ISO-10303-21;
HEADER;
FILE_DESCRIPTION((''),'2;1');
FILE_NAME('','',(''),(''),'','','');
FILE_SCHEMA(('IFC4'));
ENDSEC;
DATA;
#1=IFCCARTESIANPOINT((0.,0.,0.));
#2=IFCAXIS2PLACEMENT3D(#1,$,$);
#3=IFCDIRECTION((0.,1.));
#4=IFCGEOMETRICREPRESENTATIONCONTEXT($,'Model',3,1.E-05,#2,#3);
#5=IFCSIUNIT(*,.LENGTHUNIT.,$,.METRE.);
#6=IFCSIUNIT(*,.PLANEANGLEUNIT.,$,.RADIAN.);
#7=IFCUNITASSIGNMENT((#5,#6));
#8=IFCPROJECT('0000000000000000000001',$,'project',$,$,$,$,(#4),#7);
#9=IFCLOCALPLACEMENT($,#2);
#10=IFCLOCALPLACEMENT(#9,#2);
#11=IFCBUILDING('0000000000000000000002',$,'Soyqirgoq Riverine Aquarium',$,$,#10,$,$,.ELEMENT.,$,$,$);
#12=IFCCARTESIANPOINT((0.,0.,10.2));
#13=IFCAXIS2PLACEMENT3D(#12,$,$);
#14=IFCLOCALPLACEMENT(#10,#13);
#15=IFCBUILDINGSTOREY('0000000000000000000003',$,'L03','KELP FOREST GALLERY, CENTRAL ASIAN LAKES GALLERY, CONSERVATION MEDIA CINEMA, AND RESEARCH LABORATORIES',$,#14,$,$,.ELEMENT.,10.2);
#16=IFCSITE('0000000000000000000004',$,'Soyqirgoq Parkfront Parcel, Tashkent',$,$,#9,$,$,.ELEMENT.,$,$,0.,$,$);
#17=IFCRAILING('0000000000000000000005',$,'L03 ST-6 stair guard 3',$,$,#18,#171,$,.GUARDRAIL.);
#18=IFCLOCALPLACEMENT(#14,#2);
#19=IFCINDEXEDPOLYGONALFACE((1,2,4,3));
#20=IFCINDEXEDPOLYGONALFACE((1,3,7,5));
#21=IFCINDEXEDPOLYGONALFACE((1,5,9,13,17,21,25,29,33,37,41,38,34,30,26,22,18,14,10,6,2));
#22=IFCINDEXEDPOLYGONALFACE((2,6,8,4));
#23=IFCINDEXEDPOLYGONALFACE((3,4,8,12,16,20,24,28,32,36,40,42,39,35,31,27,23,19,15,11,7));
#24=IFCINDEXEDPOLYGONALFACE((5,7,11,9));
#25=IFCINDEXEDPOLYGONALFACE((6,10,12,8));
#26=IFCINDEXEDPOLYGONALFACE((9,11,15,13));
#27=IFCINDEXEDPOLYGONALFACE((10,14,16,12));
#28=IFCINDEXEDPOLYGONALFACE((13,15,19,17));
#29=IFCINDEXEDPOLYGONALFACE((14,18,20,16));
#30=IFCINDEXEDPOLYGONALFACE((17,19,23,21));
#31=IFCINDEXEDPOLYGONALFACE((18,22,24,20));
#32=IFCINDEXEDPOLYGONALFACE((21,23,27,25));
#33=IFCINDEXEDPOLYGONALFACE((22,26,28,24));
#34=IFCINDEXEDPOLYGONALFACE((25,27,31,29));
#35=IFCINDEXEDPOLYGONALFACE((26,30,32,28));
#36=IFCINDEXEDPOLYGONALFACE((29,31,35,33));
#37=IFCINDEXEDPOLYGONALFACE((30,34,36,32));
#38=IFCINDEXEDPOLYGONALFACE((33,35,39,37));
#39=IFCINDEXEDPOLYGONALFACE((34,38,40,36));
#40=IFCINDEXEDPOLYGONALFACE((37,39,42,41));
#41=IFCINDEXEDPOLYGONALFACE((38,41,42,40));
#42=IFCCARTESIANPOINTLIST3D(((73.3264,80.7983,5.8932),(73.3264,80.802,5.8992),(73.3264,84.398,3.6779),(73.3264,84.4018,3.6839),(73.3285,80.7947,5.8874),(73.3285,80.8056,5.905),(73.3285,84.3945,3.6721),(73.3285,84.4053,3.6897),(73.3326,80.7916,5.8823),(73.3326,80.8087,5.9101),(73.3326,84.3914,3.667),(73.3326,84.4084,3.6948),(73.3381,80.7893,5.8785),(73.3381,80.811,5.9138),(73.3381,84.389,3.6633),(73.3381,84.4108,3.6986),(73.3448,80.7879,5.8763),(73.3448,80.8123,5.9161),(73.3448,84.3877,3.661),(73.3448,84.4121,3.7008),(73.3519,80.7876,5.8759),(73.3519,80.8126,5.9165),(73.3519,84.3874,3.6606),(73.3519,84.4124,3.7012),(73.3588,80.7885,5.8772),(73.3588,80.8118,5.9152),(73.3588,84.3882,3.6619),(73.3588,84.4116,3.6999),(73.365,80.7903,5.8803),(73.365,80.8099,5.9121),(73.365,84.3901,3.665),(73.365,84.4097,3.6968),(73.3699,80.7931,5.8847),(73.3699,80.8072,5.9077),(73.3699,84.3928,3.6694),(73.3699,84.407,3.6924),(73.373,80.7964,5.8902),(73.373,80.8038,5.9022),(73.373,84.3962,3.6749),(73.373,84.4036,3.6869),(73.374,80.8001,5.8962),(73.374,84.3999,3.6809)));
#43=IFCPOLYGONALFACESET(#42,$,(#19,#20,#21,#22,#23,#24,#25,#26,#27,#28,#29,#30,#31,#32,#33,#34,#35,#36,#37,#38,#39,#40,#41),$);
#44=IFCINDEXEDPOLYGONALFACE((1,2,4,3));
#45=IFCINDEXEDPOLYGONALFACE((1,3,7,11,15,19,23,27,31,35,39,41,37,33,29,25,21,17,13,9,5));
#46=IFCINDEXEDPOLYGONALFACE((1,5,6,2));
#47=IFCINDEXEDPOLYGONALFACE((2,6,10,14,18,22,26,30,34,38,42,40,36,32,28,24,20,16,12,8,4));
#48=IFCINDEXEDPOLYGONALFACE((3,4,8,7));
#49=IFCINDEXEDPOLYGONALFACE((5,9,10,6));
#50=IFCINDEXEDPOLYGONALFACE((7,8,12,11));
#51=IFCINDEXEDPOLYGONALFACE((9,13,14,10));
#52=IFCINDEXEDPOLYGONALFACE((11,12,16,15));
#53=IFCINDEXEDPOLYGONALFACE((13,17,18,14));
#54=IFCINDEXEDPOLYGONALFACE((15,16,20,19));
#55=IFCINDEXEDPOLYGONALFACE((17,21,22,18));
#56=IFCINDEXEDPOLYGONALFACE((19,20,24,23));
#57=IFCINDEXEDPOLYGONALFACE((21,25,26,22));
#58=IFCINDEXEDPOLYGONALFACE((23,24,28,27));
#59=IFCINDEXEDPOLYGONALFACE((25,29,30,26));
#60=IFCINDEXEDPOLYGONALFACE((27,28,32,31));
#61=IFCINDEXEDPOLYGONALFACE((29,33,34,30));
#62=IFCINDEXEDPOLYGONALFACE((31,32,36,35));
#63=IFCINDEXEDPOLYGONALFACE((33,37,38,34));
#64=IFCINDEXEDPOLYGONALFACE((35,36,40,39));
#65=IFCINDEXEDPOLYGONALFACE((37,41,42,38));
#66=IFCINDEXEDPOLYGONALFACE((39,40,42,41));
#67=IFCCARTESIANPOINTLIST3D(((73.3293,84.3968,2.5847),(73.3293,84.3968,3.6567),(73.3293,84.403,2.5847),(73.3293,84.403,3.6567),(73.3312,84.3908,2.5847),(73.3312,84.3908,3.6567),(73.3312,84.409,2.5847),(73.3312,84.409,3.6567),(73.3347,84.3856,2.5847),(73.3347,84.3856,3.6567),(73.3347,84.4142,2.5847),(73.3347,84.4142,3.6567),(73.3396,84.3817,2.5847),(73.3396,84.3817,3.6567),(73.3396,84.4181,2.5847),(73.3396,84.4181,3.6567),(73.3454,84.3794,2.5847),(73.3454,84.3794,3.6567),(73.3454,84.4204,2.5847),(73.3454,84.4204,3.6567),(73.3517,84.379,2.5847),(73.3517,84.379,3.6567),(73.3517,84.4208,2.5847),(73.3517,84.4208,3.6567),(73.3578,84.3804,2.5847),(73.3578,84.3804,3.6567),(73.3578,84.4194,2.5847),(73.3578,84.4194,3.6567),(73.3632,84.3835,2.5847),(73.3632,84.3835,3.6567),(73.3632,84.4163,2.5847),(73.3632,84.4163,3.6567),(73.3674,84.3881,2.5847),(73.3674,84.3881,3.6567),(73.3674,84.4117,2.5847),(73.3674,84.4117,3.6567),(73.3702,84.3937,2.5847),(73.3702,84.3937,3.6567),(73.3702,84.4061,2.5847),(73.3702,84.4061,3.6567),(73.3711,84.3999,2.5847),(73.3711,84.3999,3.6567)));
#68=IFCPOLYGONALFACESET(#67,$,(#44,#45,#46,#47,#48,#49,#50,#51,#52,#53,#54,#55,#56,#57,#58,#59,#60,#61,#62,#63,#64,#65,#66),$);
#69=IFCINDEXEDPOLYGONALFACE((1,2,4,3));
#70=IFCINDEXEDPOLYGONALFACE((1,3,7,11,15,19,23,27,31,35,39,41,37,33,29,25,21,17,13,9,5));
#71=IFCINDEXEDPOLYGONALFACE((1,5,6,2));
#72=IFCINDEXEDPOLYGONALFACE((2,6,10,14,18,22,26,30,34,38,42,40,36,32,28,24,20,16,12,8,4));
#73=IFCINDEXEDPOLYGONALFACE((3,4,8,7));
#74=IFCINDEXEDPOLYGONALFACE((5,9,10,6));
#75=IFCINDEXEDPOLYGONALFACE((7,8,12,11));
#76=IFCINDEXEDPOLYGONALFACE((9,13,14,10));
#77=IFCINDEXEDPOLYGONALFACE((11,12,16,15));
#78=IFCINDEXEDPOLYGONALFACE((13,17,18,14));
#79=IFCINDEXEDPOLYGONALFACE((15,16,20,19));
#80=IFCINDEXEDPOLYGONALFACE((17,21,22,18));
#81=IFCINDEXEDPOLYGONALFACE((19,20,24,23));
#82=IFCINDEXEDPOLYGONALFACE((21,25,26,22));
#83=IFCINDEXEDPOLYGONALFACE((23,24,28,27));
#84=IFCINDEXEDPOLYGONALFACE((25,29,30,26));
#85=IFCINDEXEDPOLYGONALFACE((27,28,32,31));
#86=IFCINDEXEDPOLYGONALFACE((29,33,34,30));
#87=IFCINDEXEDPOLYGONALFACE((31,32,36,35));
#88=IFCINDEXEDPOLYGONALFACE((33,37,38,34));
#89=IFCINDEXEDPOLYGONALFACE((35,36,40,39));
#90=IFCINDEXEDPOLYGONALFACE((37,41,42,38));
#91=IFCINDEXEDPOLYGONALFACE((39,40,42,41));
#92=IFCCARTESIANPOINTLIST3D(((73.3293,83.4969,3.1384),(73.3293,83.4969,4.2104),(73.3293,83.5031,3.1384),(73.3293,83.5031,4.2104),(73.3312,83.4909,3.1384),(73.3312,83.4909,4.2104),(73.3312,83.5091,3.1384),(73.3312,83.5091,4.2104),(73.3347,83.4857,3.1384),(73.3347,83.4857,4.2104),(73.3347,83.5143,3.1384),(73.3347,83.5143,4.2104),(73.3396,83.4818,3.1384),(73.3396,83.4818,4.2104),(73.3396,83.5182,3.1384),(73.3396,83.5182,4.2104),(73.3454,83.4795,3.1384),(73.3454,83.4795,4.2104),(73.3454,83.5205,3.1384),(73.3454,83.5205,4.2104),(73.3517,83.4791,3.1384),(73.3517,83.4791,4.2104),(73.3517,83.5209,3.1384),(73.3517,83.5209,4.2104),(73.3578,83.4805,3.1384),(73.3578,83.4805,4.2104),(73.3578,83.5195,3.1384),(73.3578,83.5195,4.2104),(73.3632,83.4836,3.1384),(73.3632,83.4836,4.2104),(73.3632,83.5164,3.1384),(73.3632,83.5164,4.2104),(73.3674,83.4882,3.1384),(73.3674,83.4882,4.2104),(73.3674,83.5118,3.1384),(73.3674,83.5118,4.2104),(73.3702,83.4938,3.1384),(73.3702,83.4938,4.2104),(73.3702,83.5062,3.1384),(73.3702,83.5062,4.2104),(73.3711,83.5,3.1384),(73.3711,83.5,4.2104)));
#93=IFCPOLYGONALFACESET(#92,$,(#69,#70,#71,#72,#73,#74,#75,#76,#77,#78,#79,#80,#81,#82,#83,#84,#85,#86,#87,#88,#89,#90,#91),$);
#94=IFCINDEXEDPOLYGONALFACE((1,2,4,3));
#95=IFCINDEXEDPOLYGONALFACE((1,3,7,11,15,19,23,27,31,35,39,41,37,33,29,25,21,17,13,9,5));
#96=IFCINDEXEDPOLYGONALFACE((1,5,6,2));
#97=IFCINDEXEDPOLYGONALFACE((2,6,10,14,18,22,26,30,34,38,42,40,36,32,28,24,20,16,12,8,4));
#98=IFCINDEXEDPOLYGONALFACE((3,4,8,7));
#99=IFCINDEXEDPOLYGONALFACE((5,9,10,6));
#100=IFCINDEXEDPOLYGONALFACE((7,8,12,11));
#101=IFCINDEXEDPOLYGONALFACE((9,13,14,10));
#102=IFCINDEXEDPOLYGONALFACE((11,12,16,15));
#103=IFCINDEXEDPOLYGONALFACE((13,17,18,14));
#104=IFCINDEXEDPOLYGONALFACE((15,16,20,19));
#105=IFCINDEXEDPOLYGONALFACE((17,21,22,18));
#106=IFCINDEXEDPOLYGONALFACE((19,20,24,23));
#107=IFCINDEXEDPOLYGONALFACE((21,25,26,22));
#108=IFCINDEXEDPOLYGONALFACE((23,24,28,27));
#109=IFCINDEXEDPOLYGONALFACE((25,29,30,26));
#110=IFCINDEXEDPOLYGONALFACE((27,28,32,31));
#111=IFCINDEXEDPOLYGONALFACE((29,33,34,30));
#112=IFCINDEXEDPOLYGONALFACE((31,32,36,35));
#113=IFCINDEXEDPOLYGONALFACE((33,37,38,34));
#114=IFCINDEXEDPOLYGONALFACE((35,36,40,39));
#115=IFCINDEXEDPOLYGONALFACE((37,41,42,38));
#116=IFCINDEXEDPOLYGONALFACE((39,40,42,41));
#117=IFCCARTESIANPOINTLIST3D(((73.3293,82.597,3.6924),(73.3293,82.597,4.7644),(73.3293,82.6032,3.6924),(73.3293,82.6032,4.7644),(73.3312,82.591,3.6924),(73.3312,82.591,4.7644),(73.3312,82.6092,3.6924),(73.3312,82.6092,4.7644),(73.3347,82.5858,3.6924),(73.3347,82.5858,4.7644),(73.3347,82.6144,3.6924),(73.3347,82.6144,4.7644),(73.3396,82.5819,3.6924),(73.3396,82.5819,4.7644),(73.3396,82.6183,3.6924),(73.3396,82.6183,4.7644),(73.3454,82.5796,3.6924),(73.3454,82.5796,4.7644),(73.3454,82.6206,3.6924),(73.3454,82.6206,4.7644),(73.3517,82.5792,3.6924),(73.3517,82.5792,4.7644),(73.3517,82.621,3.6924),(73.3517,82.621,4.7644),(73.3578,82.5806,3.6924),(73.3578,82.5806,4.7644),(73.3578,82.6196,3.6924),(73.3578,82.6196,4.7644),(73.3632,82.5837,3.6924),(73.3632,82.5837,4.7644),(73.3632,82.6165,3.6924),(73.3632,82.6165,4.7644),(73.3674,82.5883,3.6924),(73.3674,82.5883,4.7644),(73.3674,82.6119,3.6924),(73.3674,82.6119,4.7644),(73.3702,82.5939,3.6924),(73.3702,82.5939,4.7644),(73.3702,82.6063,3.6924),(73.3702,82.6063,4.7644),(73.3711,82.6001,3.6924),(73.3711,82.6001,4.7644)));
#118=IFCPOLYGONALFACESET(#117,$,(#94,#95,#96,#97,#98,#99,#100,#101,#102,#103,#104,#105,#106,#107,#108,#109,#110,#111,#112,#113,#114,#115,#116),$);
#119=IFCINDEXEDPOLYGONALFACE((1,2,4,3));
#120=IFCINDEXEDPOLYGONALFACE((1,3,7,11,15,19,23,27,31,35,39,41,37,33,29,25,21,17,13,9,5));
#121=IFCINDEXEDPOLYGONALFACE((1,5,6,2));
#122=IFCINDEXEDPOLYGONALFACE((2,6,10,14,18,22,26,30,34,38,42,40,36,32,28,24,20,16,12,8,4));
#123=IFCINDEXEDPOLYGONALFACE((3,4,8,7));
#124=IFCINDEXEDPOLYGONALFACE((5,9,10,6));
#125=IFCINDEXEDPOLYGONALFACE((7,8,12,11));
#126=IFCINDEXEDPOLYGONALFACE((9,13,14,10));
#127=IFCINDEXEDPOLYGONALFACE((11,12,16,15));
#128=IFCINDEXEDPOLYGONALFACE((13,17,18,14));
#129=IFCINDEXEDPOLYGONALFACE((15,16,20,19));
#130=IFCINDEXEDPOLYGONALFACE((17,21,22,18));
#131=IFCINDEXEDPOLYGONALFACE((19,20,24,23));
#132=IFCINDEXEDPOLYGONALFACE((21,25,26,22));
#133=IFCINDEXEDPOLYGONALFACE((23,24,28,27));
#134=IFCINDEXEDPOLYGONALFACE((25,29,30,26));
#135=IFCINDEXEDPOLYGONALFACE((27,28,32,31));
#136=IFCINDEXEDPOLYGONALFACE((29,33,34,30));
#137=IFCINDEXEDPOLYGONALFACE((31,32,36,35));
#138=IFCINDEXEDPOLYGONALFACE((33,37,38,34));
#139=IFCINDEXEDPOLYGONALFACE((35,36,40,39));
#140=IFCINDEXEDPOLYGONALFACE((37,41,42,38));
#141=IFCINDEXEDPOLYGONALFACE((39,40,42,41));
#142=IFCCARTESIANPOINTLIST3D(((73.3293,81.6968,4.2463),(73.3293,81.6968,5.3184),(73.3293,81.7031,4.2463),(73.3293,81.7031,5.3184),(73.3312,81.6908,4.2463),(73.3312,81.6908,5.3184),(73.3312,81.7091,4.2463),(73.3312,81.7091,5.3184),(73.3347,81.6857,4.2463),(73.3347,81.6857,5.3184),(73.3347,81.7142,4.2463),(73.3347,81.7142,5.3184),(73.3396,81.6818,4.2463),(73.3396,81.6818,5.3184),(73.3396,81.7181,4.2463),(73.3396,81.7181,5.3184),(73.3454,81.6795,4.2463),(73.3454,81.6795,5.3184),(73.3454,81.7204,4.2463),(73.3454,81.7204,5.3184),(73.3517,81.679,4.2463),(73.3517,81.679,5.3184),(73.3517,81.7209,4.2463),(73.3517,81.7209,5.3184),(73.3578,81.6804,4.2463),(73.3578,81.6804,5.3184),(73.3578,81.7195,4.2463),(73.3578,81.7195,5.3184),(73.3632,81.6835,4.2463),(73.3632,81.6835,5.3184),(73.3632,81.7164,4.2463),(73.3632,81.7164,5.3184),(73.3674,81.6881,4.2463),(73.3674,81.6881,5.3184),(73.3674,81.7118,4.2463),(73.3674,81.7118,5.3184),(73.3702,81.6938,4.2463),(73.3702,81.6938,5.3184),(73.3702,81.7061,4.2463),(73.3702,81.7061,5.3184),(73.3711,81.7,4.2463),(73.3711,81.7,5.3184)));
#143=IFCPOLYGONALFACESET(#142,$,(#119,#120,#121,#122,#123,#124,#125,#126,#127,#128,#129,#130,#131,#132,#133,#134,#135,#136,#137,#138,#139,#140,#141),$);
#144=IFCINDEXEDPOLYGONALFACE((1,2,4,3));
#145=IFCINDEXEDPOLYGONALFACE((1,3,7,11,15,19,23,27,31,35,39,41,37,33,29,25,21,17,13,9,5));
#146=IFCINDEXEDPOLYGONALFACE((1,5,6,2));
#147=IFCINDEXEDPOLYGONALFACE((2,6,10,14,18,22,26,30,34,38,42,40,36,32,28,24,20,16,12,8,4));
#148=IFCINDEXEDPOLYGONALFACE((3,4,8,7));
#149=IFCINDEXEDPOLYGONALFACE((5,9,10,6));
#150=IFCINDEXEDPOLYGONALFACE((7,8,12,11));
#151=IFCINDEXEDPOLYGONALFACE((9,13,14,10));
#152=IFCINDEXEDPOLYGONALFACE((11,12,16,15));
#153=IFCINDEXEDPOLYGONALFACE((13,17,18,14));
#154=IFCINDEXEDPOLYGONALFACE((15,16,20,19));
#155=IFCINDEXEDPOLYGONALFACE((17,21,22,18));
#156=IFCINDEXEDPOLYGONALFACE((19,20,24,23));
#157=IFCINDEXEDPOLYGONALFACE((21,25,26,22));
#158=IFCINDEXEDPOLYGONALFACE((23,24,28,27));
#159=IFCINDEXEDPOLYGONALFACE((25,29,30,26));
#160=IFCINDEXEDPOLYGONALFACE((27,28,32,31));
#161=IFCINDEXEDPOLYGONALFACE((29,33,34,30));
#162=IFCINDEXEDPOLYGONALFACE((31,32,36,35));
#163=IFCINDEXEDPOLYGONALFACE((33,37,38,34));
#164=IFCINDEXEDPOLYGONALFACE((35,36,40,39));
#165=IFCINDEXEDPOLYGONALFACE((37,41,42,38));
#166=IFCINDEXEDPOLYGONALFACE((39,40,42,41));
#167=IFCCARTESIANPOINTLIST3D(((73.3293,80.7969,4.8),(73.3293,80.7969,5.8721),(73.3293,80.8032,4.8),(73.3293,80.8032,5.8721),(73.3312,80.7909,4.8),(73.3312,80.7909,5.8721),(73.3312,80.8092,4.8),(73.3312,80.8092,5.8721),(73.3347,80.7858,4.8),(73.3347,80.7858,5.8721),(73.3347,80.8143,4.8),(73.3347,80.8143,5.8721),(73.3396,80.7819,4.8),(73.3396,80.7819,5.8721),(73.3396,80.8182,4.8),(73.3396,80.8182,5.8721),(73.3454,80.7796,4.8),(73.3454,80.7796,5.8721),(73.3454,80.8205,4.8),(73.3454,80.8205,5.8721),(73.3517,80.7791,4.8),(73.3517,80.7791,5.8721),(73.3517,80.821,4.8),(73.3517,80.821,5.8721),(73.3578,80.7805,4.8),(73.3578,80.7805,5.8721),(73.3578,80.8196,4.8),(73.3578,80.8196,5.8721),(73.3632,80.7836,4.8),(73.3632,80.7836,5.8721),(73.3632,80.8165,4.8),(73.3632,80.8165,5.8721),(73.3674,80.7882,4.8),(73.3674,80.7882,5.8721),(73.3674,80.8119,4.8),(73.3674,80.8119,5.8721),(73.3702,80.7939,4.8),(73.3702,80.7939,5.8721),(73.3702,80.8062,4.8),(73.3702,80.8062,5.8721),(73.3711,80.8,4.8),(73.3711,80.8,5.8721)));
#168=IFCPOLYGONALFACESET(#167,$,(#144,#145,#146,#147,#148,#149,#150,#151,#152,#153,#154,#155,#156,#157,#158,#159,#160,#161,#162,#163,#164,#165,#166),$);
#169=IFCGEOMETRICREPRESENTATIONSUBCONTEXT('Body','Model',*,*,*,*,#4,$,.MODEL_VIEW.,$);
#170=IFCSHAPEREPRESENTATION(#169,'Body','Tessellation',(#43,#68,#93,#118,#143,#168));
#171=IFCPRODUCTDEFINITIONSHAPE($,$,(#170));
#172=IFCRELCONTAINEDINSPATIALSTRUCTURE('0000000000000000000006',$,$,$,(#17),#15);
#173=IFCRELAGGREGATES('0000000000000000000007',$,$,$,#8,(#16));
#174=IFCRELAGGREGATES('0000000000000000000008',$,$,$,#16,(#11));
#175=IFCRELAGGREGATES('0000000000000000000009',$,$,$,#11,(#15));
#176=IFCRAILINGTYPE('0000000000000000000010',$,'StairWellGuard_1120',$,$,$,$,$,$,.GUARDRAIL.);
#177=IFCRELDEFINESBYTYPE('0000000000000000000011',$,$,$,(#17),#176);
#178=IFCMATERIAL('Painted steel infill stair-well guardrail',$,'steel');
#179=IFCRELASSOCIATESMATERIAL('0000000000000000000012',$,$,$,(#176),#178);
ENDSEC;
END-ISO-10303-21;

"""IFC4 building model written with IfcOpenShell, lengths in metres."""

from ifc_helpers import new_model, si_unit, direction, frame, origin, origin_2d, place, context, subcontext, project, spatial, circle, extrude, material, type_object, element, save


model = new_model("IFC4")

# Units and contexts
model_context = context("Model", 3, precision=1e-05, world=origin(), true_north=direction((0.0, 1.0)))
body_context = subcontext(model_context, "Body", "Model", "MODEL_VIEW")
ifc_project = project(units=[si_unit("LENGTHUNIT", "METRE"), si_unit("PLANEANGLEUNIT", "RADIAN")], contexts=[model_context])

# Site, building, storey
site_placement = place(None, origin())
site = spatial("IfcSite", under=ifc_project, at=site_placement, Name="Soyqirgoq Parkfront Parcel, Tashkent", CompositionType="ELEMENT", RefElevation=0.0)
building_placement = place(site_placement, origin())
building = spatial("IfcBuilding", under=site, at=building_placement, Name="Soyqirgoq Riverine Aquarium", CompositionType="ELEMENT")
storey_placement = place(building_placement, frame((0.0, 0.0, 10.2)))
storey = spatial("IfcBuildingStorey", under=building, at=storey_placement, Name="L03", Description="KELP FOREST GALLERY, CENTRAL ASIAN LAKES GALLERY, CONSERVATION MEDIA CINEMA, AND RESEARCH LABORATORIES", CompositionType="ELEMENT", Elevation=10.2)

# Railing
ifc_material_1 = material(Name="Painted steel infill stair-well guardrail", Category="steel")
railing_type_1 = type_object("IfcRailingType", Name="StairWellGuard_1120", PredefinedType="GUARDRAIL", material=ifc_material_1)
railing_1_placement = place(storey_placement, frame((73.3501, 84.3999, 2.5847)))
element("IfcRailing", 1, at=railing_1_placement, inside=storey, type_object=railing_type_1, Name="L03 ST-6 stair guard 3", PredefinedType="GUARDRAIL", context=body_context, shape_type="SweptSolid", body=[
    extrude(circle(Radius=0.0239, at=origin_2d()), frame((0.0, 0.0, 1.0962), z_axis=(0.0, -0.851654, 0.524104), x_axis=(1.0, 0.0, 0.0)), (0.0, 0.0, 1.0), 4.2268),
    extrude(circle(Radius=0.021, at=origin_2d()), origin(), (0.0, 0.0, 1.0), 1.072),
    extrude(circle(Radius=0.021, at=origin_2d()), frame((0.0, -0.8999, 0.5537)), (0.0, 0.0, 1.0), 1.072),
    extrude(circle(Radius=0.021, at=origin_2d()), frame((0.0, -1.7998, 1.1077)), (0.0, 0.0, 1.0), 1.072),
    extrude(circle(Radius=0.021, at=origin_2d()), frame((0.0, -2.7, 1.6616)), (0.0, 0.0, 1.0), 1.072),
    extrude(circle(Radius=0.021, at=origin_2d()), frame((0.0, -3.5999, 2.2153)), (0.0, 0.0, 1.0), 1.072),
])

save(model, "model.ifc")
